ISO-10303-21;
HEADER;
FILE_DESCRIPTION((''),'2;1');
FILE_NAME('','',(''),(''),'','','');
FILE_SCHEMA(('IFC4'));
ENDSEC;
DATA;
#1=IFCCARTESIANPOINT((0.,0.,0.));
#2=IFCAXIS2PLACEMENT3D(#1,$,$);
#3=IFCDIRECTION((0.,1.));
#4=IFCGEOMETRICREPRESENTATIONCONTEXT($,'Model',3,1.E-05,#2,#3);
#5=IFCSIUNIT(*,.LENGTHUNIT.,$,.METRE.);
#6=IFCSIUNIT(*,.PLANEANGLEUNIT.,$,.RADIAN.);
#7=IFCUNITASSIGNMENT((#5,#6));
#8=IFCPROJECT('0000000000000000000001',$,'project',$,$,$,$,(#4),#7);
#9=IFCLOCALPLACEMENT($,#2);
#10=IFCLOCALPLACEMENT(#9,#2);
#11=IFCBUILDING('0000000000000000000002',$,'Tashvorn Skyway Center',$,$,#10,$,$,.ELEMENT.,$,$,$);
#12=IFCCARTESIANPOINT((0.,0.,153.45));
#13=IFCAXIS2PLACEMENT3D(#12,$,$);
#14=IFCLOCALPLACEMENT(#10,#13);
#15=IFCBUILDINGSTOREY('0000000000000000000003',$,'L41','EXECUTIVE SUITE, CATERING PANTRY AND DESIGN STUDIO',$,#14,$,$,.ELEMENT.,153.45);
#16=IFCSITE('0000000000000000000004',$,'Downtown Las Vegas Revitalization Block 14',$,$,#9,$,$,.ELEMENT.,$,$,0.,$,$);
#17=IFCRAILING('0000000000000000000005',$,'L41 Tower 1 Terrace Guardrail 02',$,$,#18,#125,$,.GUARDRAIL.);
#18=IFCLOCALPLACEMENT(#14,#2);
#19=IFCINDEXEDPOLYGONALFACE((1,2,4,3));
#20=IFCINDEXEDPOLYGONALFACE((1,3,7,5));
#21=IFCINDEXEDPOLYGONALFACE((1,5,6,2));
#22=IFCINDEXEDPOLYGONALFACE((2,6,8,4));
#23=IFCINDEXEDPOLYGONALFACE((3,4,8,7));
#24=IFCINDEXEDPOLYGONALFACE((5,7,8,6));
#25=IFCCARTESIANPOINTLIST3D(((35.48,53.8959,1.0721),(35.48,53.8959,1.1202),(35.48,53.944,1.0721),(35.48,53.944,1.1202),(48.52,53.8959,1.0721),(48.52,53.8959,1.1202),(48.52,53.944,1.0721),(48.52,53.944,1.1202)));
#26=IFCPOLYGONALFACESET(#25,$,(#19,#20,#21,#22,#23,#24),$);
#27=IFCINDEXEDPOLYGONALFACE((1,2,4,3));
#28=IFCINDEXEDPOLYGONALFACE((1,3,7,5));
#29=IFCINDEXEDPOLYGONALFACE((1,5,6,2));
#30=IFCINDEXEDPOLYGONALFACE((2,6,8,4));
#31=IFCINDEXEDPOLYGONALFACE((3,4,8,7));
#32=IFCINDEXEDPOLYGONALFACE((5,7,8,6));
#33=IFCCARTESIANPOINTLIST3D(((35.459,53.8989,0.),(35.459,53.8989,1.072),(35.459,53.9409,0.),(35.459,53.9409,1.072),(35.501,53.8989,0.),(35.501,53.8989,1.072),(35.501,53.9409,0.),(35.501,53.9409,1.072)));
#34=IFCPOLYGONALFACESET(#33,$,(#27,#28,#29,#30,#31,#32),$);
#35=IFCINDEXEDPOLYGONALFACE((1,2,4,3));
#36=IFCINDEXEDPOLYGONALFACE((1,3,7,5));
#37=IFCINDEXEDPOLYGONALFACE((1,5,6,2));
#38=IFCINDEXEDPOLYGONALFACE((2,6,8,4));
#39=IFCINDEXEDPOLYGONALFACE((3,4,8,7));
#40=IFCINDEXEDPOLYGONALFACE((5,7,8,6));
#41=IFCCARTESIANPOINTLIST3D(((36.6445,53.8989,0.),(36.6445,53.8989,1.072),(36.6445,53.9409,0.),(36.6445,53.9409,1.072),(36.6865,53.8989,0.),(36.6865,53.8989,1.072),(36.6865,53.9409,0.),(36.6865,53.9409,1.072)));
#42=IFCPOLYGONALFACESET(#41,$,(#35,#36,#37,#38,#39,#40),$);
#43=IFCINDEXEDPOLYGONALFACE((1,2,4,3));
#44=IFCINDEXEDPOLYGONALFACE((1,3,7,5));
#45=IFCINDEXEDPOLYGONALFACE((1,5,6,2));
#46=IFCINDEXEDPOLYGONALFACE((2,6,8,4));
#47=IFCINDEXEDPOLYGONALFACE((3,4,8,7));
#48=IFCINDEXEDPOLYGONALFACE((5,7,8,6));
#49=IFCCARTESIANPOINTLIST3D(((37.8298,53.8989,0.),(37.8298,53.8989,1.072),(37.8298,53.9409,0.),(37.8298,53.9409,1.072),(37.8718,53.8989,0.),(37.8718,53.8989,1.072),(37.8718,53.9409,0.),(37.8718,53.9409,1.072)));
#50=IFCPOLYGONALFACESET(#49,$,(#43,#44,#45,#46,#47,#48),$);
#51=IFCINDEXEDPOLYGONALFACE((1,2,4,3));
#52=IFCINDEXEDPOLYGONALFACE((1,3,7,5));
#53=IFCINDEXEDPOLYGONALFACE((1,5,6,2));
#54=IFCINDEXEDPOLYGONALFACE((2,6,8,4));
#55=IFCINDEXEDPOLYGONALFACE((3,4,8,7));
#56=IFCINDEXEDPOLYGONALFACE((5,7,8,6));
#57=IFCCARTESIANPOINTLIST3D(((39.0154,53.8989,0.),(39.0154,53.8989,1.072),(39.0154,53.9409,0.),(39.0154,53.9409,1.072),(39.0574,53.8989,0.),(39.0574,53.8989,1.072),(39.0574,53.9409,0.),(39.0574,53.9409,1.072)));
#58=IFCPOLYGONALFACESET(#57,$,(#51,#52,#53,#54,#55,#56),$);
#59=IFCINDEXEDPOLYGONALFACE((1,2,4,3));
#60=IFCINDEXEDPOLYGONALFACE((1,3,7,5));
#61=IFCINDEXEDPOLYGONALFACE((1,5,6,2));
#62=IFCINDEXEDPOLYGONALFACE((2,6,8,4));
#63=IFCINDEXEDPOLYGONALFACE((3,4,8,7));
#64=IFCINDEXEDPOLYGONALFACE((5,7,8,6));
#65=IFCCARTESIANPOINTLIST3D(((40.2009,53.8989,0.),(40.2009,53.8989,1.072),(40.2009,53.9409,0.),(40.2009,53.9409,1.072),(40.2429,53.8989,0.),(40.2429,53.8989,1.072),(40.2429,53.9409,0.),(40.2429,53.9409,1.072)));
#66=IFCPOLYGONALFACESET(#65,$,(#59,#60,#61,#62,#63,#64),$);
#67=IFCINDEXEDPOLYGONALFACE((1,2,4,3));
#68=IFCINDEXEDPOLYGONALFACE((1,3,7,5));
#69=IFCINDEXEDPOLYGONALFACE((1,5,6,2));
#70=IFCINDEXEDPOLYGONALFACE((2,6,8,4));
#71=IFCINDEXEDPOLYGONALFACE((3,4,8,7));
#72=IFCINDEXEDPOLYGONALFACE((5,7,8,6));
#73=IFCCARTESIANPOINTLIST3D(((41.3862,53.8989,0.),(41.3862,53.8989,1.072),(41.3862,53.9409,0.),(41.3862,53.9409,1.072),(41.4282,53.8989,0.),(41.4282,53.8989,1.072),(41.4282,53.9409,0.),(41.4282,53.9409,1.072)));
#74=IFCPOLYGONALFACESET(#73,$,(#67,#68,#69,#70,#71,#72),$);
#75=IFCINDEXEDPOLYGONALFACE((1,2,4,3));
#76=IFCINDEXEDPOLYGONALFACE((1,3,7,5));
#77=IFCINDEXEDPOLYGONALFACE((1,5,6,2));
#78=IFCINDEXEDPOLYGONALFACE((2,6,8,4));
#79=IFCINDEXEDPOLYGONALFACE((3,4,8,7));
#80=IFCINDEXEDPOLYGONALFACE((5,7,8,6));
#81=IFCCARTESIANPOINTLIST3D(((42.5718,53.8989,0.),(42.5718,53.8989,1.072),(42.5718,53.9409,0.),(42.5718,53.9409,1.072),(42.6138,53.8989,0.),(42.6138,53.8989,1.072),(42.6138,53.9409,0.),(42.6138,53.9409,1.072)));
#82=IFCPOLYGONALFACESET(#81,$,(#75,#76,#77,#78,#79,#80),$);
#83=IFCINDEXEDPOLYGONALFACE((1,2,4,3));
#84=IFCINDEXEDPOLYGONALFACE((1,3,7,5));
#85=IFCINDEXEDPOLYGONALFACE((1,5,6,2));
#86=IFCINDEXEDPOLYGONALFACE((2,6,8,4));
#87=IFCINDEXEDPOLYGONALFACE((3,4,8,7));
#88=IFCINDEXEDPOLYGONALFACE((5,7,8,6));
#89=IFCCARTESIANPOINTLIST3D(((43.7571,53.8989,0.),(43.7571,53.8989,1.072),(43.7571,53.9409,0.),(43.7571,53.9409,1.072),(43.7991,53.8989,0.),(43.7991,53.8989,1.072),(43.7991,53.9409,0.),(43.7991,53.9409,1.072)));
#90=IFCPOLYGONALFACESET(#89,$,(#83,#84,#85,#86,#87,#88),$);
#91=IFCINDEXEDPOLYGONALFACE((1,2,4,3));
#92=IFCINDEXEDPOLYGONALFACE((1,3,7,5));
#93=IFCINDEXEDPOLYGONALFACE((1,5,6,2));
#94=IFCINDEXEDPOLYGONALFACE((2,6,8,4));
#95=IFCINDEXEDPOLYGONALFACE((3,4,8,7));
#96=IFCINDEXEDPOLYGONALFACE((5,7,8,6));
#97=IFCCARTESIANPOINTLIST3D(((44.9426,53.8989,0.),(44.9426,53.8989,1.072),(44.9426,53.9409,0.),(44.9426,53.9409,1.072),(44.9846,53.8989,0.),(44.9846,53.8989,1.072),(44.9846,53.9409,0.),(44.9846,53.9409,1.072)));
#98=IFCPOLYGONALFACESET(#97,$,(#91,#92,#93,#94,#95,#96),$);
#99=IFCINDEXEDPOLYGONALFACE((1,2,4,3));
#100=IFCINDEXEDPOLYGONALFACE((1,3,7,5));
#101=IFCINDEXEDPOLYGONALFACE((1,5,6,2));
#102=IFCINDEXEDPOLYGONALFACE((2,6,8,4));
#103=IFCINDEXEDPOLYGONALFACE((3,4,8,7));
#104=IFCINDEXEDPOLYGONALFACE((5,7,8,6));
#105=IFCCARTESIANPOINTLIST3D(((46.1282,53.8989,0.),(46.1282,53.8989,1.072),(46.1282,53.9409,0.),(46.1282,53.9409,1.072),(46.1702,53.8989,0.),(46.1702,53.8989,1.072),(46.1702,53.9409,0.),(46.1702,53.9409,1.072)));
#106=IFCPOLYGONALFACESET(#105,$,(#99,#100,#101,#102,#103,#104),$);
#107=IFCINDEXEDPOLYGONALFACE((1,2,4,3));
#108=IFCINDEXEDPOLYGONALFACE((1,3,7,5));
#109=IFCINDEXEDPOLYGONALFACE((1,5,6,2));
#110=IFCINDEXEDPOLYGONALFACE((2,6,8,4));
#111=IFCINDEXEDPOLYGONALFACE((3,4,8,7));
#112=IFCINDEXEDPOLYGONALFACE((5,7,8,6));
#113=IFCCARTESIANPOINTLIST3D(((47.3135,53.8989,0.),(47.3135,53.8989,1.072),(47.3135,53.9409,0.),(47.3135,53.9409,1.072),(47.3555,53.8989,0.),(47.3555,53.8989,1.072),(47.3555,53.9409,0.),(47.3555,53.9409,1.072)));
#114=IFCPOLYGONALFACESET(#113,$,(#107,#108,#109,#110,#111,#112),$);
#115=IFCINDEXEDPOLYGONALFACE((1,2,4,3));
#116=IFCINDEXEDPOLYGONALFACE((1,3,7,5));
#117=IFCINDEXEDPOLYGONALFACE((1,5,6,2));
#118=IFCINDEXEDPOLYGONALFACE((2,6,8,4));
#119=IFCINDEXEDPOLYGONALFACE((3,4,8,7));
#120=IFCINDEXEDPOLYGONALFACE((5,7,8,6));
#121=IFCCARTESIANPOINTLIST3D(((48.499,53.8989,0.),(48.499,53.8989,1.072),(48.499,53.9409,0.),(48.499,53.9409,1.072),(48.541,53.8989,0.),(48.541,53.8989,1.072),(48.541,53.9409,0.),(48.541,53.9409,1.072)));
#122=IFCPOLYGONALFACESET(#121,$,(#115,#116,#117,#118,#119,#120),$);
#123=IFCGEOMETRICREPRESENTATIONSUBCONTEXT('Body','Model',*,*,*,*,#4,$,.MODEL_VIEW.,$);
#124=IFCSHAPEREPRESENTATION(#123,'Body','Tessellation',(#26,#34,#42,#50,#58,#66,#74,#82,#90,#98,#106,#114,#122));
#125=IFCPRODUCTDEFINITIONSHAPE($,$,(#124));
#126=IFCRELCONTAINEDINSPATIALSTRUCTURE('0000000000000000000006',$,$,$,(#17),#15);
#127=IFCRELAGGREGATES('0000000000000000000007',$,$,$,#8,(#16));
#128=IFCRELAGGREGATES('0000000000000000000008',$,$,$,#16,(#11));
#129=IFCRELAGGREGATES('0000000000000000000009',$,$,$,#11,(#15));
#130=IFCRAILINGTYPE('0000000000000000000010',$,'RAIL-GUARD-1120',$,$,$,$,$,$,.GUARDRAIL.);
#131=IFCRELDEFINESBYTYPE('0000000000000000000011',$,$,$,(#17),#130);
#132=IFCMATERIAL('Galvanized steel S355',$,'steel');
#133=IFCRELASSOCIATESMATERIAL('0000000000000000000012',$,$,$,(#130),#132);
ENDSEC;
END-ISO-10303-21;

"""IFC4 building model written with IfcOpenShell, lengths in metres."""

from ifc_helpers import new_model, si_unit, direction, frame, origin, origin_2d, place, context, subcontext, project, spatial, rectangle, extrude, material, type_object, element, save


model = new_model("IFC4")

# Units and contexts
model_context = context("Model", 3, precision=1e-05, world=origin(), true_north=direction((0.0, 1.0)))
body_context = subcontext(model_context, "Body", "Model", "MODEL_VIEW")
ifc_project = project(units=[si_unit("LENGTHUNIT", "METRE"), si_unit("PLANEANGLEUNIT", "RADIAN")], contexts=[model_context])

# Site, building, storey
site_placement = place(None, origin())
site = spatial("IfcSite", under=ifc_project, at=site_placement, Name="Downtown Las Vegas Revitalization Block 14", CompositionType="ELEMENT", RefElevation=0.0)
building_placement = place(site_placement, origin())
building = spatial("IfcBuilding", under=site, at=building_placement, Name="Tashvorn Skyway Center", CompositionType="ELEMENT")
storey_placement = place(building_placement, frame((0.0, 0.0, 153.45)))
storey = spatial("IfcBuildingStorey", under=building, at=storey_placement, Name="L41", Description="EXECUTIVE SUITE, CATERING PANTRY AND DESIGN STUDIO", CompositionType="ELEMENT", Elevation=153.45)

# Railing
ifc_material_1 = material(Name="Galvanized steel S355", Category="steel")
railing_type = type_object("IfcRailingType", Name="RAIL-GUARD-1120", PredefinedType="GUARDRAIL", material=ifc_material_1)
railing_1_placement = place(storey_placement, frame((35.48, 53.9199, 0.0)))
element("IfcRailing", 1, at=railing_1_placement, inside=storey, type_object=railing_type, Name="L41 Tower 1 Terrace Guardrail 02", PredefinedType="GUARDRAIL", context=body_context, shape_type="SweptSolid", body=[
    extrude(rectangle(XDim=0.0481, YDim=0.0481, at=origin_2d()), frame((0.0, 0.0, 1.0962), z_axis=(1.0, 0.0, 0.0), x_axis=(0.0, 1.0, 0.0)), (0.0, 0.0, 1.0), 13.04),
    extrude(rectangle(XDim=0.042, YDim=0.042, at=origin_2d()), origin(), (0.0, 0.0, 1.0), 1.072),
    extrude(rectangle(XDim=0.042, YDim=0.042, at=origin_2d()), frame((1.1855, 0.0, 0.0)), (0.0, 0.0, 1.0), 1.072),
    extrude(rectangle(XDim=0.042, YDim=0.042, at=origin_2d()), frame((2.3708, 0.0, 0.0)), (0.0, 0.0, 1.0), 1.072),
    extrude(rectangle(XDim=0.042, YDim=0.042, at=origin_2d()), frame((3.5564, 0.0, 0.0)), (0.0, 0.0, 1.0), 1.072),
    extrude(rectangle(XDim=0.042, YDim=0.042, at=origin_2d()), frame((4.7419, 0.0, 0.0)), (0.0, 0.0, 1.0), 1.072),
    extrude(rectangle(XDim=0.042, YDim=0.042, at=origin_2d()), frame((5.9272, 0.0, 0.0)), (0.0, 0.0, 1.0), 1.072),
    extrude(rectangle(XDim=0.042, YDim=0.042, at=origin_2d()), frame((7.1128, 0.0, 0.0)), (0.0, 0.0, 1.0), 1.072),
    extrude(rectangle(XDim=0.042, YDim=0.042, at=origin_2d()), frame((8.2981, 0.0, 0.0)), (0.0, 0.0, 1.0), 1.072),
    extrude(rectangle(XDim=0.042, YDim=0.042, at=origin_2d()), frame((9.4836, 0.0, 0.0)), (0.0, 0.0, 1.0), 1.072),
    extrude(rectangle(XDim=0.042, YDim=0.042, at=origin_2d()), frame((10.6692, 0.0, 0.0)), (0.0, 0.0, 1.0), 1.072),
    extrude(rectangle(XDim=0.042, YDim=0.042, at=origin_2d()), frame((11.8545, 0.0, 0.0)), (0.0, 0.0, 1.0), 1.072),
    extrude(rectangle(XDim=0.042, YDim=0.042, at=origin_2d()), frame((13.04, 0.0, 0.0)), (0.0, 0.0, 1.0), 1.072),
])

save(model, "model.ifc")
